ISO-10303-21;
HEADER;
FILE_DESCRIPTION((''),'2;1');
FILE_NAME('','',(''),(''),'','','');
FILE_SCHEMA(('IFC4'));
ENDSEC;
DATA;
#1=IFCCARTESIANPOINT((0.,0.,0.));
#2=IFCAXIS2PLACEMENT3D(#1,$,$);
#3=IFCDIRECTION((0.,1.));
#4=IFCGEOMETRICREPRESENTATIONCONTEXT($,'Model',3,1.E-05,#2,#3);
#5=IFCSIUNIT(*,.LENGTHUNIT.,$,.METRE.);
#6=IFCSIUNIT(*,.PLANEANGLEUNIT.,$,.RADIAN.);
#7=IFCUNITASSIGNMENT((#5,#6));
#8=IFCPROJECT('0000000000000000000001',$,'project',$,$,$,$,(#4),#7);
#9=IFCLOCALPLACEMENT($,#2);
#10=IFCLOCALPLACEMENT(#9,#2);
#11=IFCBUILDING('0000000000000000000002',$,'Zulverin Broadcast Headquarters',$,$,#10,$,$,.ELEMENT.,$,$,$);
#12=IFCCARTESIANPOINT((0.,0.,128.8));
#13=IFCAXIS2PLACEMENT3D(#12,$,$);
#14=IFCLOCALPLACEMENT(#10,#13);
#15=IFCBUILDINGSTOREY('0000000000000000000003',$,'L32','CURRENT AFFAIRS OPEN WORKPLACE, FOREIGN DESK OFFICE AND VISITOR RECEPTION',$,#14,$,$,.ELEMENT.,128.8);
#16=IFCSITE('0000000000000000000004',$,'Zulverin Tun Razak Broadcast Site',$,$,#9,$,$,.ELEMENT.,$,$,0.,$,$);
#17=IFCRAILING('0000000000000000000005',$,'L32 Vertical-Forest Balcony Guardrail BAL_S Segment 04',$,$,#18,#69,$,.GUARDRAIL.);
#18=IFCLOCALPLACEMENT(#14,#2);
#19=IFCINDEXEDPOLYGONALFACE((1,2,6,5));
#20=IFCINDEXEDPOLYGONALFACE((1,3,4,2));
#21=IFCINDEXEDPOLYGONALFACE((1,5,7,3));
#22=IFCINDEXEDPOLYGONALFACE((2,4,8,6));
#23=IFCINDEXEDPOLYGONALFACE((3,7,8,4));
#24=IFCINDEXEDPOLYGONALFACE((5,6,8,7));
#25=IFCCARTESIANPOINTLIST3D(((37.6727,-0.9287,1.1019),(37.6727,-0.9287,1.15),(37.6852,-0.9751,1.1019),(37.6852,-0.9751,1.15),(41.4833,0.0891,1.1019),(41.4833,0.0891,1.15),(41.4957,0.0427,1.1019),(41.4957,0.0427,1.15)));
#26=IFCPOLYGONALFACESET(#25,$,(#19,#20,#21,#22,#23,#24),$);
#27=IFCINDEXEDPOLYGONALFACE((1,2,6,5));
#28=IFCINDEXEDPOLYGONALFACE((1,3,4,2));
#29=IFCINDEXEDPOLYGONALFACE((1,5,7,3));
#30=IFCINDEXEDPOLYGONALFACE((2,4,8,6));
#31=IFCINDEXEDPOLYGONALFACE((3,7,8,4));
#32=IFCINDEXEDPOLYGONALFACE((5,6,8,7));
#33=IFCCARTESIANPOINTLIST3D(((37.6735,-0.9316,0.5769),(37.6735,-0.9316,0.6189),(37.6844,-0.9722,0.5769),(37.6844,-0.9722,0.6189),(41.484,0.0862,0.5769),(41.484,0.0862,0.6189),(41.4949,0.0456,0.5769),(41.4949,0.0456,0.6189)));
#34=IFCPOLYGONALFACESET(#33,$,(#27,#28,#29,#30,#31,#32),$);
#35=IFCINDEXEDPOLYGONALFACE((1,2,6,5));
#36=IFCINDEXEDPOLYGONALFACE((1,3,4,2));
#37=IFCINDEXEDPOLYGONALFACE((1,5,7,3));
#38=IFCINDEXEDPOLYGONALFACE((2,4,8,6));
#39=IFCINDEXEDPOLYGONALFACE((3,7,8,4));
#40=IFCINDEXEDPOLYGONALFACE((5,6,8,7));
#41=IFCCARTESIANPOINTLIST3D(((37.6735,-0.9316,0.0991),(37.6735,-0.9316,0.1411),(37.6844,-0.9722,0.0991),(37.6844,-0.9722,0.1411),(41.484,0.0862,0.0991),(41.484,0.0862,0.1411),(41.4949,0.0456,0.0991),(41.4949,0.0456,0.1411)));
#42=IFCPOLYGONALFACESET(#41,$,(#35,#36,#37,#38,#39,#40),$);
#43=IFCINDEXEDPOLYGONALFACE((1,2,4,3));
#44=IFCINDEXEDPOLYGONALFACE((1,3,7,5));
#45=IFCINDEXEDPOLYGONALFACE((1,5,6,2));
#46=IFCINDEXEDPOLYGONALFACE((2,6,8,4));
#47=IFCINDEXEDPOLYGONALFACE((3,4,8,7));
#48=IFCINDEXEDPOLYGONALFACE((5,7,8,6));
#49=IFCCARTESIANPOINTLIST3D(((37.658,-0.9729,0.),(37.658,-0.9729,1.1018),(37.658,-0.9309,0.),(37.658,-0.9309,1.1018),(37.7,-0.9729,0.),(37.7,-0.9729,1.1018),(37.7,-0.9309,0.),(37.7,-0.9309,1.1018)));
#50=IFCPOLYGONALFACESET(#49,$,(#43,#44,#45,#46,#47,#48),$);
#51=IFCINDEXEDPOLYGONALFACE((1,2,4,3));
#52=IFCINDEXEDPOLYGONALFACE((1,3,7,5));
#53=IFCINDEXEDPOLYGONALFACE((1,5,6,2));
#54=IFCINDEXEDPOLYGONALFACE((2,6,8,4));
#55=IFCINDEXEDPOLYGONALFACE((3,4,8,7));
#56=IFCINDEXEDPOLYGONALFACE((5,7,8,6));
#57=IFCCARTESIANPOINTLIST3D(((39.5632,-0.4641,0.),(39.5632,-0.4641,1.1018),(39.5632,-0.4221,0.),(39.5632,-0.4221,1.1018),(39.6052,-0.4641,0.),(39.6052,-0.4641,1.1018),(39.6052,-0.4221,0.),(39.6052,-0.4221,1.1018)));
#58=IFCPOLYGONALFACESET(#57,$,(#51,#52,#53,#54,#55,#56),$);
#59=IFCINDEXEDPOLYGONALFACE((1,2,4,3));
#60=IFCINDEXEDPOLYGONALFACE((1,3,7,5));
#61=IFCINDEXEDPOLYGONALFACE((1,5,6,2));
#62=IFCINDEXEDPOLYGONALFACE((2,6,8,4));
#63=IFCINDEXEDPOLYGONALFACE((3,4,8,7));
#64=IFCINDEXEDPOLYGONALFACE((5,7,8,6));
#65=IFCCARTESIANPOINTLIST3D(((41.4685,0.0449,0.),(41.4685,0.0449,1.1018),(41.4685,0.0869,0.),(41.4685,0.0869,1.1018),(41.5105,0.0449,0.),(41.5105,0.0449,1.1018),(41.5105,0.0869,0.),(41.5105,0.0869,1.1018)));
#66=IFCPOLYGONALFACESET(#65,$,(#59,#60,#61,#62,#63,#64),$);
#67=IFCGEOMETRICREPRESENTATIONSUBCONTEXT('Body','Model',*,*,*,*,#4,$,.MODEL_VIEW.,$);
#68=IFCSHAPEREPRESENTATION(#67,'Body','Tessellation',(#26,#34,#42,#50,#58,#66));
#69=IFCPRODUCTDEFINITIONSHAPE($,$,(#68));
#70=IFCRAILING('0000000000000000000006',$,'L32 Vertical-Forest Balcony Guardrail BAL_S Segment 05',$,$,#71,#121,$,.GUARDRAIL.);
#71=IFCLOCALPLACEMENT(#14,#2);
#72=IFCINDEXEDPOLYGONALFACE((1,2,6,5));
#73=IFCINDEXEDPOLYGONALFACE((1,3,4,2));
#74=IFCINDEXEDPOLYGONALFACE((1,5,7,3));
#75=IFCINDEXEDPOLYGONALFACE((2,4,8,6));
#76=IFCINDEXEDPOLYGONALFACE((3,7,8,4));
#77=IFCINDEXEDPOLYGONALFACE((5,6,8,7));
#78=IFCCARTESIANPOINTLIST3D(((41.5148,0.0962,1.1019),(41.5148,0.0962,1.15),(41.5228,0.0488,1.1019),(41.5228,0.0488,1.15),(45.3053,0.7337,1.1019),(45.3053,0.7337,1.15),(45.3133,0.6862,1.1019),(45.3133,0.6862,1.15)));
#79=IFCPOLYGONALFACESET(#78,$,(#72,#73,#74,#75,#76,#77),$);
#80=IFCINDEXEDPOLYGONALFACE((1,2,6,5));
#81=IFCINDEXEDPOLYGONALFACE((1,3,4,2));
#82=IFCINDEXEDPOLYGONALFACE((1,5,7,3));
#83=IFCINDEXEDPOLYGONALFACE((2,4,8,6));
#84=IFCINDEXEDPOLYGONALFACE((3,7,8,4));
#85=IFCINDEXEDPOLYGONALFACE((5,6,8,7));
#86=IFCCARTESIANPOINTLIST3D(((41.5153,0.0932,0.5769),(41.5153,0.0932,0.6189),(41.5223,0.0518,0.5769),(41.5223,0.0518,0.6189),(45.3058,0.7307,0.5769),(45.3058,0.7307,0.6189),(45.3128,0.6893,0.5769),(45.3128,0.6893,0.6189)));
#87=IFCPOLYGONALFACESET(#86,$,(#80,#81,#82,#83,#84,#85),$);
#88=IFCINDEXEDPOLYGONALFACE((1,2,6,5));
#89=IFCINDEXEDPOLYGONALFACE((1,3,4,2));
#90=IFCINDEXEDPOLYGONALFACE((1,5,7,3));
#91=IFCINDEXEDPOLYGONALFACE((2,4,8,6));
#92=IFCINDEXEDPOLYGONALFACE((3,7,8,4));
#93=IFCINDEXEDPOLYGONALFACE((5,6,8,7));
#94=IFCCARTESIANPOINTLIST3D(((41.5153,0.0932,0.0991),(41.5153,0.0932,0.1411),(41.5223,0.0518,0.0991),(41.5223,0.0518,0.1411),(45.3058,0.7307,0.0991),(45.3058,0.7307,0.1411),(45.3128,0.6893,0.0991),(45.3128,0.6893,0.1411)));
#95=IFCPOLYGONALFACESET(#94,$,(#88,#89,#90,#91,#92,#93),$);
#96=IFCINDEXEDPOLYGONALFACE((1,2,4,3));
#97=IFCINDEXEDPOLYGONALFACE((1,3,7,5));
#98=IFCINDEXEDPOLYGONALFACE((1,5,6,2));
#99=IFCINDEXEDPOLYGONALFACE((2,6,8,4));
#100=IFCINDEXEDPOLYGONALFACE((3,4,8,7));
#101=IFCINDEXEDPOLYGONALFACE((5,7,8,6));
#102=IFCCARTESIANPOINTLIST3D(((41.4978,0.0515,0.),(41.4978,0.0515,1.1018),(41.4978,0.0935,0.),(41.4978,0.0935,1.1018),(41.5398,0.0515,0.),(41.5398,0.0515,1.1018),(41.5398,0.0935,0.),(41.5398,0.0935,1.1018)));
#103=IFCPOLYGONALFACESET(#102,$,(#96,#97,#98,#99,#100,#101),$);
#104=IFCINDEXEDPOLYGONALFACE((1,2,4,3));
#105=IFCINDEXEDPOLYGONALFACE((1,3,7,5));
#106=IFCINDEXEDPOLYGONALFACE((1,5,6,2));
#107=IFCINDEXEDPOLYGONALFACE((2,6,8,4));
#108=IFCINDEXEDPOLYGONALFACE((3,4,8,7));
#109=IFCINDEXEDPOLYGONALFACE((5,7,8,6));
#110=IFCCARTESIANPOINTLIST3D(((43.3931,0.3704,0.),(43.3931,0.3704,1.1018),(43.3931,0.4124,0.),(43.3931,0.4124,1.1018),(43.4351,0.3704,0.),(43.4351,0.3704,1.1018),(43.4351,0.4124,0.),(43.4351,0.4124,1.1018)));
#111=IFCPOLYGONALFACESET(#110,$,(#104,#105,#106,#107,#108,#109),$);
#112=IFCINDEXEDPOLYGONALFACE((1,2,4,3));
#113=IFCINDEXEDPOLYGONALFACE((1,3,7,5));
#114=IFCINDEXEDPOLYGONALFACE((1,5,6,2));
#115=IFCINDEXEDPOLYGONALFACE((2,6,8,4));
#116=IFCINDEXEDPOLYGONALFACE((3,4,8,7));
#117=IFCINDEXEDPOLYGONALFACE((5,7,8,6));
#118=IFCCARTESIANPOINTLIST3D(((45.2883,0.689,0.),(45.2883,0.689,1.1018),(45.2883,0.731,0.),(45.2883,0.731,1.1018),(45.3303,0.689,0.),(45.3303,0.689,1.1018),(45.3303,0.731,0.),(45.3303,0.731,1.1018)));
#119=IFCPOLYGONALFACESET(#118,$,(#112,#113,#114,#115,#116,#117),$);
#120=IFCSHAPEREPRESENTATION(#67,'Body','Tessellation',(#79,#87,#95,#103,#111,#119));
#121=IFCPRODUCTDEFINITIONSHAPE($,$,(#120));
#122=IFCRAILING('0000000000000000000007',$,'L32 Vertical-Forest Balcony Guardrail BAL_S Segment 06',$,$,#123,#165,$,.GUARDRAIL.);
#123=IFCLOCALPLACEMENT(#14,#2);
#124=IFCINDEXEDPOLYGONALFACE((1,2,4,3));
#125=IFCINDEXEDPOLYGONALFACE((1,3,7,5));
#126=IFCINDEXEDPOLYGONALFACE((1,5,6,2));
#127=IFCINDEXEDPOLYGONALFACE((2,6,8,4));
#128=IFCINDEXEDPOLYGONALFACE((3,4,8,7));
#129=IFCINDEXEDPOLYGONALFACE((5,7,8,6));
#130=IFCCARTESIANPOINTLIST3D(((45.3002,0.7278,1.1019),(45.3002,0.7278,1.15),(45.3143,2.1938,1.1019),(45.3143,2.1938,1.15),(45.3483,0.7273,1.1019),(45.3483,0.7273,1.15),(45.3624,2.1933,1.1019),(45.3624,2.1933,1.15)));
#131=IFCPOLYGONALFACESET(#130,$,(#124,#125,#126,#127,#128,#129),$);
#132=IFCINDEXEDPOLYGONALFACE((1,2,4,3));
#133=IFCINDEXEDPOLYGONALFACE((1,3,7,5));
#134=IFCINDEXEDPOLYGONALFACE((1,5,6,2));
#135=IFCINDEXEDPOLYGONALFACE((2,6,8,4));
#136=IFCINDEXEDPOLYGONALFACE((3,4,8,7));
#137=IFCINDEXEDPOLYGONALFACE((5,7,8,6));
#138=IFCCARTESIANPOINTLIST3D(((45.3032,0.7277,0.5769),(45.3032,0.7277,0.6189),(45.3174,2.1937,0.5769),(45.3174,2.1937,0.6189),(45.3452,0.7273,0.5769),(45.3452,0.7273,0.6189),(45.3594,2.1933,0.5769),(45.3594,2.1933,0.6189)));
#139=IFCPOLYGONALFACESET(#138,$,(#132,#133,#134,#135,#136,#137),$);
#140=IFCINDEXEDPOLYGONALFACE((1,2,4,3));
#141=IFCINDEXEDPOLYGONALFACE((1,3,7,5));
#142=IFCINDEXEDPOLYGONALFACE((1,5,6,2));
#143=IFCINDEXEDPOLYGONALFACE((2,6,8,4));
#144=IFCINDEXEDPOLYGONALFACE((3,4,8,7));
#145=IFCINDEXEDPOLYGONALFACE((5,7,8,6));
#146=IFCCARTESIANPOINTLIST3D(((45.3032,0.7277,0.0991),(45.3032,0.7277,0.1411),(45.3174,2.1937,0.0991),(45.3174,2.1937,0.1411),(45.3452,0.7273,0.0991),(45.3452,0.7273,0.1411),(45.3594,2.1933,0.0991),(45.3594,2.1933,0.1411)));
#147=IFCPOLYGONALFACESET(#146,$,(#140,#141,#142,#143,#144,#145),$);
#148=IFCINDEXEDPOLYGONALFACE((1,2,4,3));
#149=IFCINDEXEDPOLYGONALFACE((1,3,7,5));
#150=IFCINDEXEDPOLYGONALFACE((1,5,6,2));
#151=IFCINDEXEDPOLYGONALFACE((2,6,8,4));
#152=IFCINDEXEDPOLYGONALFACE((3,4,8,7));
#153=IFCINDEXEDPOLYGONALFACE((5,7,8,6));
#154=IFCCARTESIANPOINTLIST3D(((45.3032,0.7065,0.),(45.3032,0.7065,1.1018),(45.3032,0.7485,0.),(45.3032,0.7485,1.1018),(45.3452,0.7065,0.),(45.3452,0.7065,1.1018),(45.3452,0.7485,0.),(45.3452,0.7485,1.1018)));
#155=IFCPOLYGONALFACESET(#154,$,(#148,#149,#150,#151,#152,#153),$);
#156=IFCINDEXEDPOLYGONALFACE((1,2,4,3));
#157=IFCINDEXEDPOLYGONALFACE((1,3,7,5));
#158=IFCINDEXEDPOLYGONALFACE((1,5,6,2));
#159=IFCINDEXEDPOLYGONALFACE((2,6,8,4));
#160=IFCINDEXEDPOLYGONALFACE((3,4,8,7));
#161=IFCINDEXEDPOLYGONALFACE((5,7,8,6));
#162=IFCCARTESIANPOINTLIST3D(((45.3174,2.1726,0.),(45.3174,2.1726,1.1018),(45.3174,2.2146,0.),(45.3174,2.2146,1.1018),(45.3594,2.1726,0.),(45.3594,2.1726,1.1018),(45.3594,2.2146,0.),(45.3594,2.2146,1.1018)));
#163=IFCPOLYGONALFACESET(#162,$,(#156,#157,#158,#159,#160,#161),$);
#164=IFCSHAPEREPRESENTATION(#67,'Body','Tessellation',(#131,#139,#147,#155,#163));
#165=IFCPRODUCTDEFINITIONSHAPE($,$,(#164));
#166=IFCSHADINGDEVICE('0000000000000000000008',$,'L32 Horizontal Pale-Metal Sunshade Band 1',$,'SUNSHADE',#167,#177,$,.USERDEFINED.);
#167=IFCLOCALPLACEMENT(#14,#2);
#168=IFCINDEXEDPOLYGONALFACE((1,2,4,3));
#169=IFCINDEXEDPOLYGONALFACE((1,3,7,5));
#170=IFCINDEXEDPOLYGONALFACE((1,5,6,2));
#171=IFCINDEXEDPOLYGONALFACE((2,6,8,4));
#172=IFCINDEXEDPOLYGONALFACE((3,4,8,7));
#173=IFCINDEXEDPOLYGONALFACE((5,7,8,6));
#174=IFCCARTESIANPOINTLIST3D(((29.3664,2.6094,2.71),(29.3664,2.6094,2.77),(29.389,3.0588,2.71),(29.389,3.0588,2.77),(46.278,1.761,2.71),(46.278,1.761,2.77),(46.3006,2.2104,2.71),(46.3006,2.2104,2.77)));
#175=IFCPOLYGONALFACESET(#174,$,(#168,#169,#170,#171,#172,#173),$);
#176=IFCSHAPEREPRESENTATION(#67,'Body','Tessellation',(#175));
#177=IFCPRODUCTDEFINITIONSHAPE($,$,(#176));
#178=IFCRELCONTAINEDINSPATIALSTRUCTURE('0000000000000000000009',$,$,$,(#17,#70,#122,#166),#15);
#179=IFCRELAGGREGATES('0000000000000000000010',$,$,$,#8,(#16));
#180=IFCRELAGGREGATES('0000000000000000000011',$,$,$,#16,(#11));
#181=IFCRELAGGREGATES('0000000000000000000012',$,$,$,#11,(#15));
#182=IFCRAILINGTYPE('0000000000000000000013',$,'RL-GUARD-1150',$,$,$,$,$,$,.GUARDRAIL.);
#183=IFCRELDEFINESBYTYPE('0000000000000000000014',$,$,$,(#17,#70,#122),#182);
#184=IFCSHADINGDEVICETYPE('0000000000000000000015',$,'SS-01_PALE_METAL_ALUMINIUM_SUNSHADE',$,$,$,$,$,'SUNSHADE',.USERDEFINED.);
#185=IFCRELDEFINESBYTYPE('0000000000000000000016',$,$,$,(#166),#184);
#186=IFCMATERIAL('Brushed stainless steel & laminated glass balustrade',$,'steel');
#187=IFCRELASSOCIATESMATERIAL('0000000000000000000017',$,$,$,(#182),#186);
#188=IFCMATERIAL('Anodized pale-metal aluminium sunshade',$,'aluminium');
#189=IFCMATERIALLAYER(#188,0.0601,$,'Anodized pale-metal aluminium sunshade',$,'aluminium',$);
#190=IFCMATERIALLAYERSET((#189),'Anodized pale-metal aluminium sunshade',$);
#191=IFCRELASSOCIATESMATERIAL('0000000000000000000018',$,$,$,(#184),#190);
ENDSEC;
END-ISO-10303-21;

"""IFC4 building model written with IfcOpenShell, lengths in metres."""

from ifc_helpers import new_model, si_unit, direction, frame, origin, origin_2d, place, context, subcontext, project, spatial, rectangle, extrude, material, layer, layer_set, type_object, element, save


model = new_model("IFC4")

# Units and contexts
model_context = context("Model", 3, precision=1e-05, world=origin(), true_north=direction((0.0, 1.0)))
body_context = subcontext(model_context, "Body", "Model", "MODEL_VIEW")
ifc_project = project(units=[si_unit("LENGTHUNIT", "METRE"), si_unit("PLANEANGLEUNIT", "RADIAN")], contexts=[model_context])

# Site, building, storey
site_placement = place(None, origin())
site = spatial("IfcSite", under=ifc_project, at=site_placement, Name="Zulverin Tun Razak Broadcast Site", CompositionType="ELEMENT", RefElevation=0.0)
building_placement = place(site_placement, origin())
building = spatial("IfcBuilding", under=site, at=building_placement, Name="Zulverin Broadcast Headquarters", CompositionType="ELEMENT")
storey_placement = place(building_placement, frame((0.0, 0.0, 128.8)))
storey = spatial("IfcBuildingStorey", under=building, at=storey_placement, Name="L32", Description="CURRENT AFFAIRS OPEN WORKPLACE, FOREIGN DESK OFFICE AND VISITOR RECEPTION", CompositionType="ELEMENT", Elevation=128.8)

# Railings
ifc_material_1 = material(Name="Brushed stainless steel & laminated glass balustrade", Category="steel")
railing_type = type_object("IfcRailingType", Name="RL-GUARD-1150", PredefinedType="GUARDRAIL", material=ifc_material_1)
railing_1_placement = place(storey_placement, frame((37.679, -0.9519, 0.0)))
element("IfcRailing", 1, at=railing_1_placement, inside=storey, type_object=railing_type, Name="L32 Vertical-Forest Balcony Guardrail BAL_S Segment 04", PredefinedType="GUARDRAIL", context=body_context, shape_type="SweptSolid", body=[
    extrude(rectangle(XDim=0.0481, YDim=0.0481, at=origin_2d()), frame((0.0, 0.0, 1.126), z_axis=(0.966129, 0.258059, 0.0), x_axis=(-0.258059, 0.966129, 0.0)), (0.0, 0.0, 1.0), 3.9441),
    extrude(rectangle(XDim=0.042, YDim=0.042, at=origin_2d()), frame((0.0, 0.0, 0.5979), z_axis=(0.966129, 0.258059, 0.0), x_axis=(-0.258059, 0.966129, 0.0)), (0.0, 0.0, 1.0), 3.9441),
    extrude(rectangle(XDim=0.042, YDim=0.042, at=origin_2d()), frame((0.0, 0.0, 0.1201), z_axis=(0.966129, 0.258059, 0.0), x_axis=(-0.258059, 0.966129, 0.0)), (0.0, 0.0, 1.0), 3.9441),
    extrude(rectangle(XDim=0.042, YDim=0.042, at=origin_2d()), origin(), (0.0, 0.0, 1.0), 1.1018),
    extrude(rectangle(XDim=0.042, YDim=0.042, at=origin_2d()), frame((1.9053, 0.5088, 0.0)), (0.0, 0.0, 1.0), 1.1018),
    extrude(rectangle(XDim=0.042, YDim=0.042, at=origin_2d()), frame((3.8105, 1.0178, 0.0)), (0.0, 0.0, 1.0), 1.1018),
])
railing_2_placement = place(storey_placement, frame((41.5188, 0.0725, 0.0)))
element("IfcRailing", 2, at=railing_2_placement, inside=storey, type_object=railing_type, Name="L32 Vertical-Forest Balcony Guardrail BAL_S Segment 05", PredefinedType="GUARDRAIL", context=body_context, shape_type="SweptSolid", body=[
    extrude(rectangle(XDim=0.0481, YDim=0.0481, at=origin_2d()), frame((0.0, 0.0, 1.126), z_axis=(0.986153, 0.165841, 0.0), x_axis=(-0.165841, 0.986153, 0.0)), (0.0, 0.0, 1.0), 3.8438),
    extrude(rectangle(XDim=0.042, YDim=0.042, at=origin_2d()), frame((0.0, 0.0, 0.5979), z_axis=(0.986153, 0.165841, 0.0), x_axis=(-0.165841, 0.986153, 0.0)), (0.0, 0.0, 1.0), 3.8438),
    extrude(rectangle(XDim=0.042, YDim=0.042, at=origin_2d()), frame((0.0, 0.0, 0.1201), z_axis=(0.986153, 0.165841, 0.0), x_axis=(-0.165841, 0.986153, 0.0)), (0.0, 0.0, 1.0), 3.8438),
    extrude(rectangle(XDim=0.042, YDim=0.042, at=origin_2d()), origin(), (0.0, 0.0, 1.0), 1.1018),
    extrude(rectangle(XDim=0.042, YDim=0.042, at=origin_2d()), frame((1.8953, 0.3188, 0.0)), (0.0, 0.0, 1.0), 1.1018),
    extrude(rectangle(XDim=0.042, YDim=0.042, at=origin_2d()), frame((3.7905, 0.6375, 0.0)), (0.0, 0.0, 1.0), 1.1018),
])
railing_3_placement = place(storey_placement, frame((45.3242, 0.7275, 0.0)))
element("IfcRailing", 3, at=railing_3_placement, inside=storey, type_object=railing_type, Name="L32 Vertical-Forest Balcony Guardrail BAL_S Segment 06", PredefinedType="GUARDRAIL", context=body_context, shape_type="SweptSolid", body=[
    extrude(rectangle(XDim=0.0481, YDim=0.0481, at=origin_2d()), frame((0.0, 0.0, 1.126), z_axis=(0.009658, 0.999953, 0.0), x_axis=(-0.999953, 0.009658, 0.0)), (0.0, 0.0, 1.0), 1.4661),
    extrude(rectangle(XDim=0.042, YDim=0.042, at=origin_2d()), frame((0.0, 0.0, 0.5979), z_axis=(0.009658, 0.999953, 0.0), x_axis=(-0.999953, 0.009658, 0.0)), (0.0, 0.0, 1.0), 1.4661),
    extrude(rectangle(XDim=0.042, YDim=0.042, at=origin_2d()), frame((0.0, 0.0, 0.1201), z_axis=(0.009658, 0.999953, 0.0), x_axis=(-0.999953, 0.009658, 0.0)), (0.0, 0.0, 1.0), 1.4661),
    extrude(rectangle(XDim=0.042, YDim=0.042, at=origin_2d()), origin(), (0.0, 0.0, 1.0), 1.1018),
    extrude(rectangle(XDim=0.042, YDim=0.042, at=origin_2d()), frame((0.0142, 1.4661, 0.0)), (0.0, 0.0, 1.0), 1.1018),
])

# Shading device
ifc_material_2 = material(Name="Anodized pale-metal aluminium sunshade", Category="aluminium")
ifc_layer_1 = layer(ifc_material_2, 0.0601, Name="Anodized pale-metal aluminium sunshade", Category="aluminium")
ifc_layer_set_1 = layer_set([ifc_layer_1], Name="Anodized pale-metal aluminium sunshade")
shading_device_type = type_object("IfcShadingDeviceType", Name="SS-01_PALE_METAL_ALUMINIUM_SUNSHADE", ElementType="SUNSHADE", PredefinedType="USERDEFINED", material=ifc_layer_set_1)
shading_device_placement = place(storey_placement, frame((37.8335, 2.4099, 2.71), z_axis=(0.0, 0.0, 1.0), x_axis=(0.998744, -0.050107, 0.0)))
element("IfcShadingDevice", 4, at=shading_device_placement, inside=storey, type_object=shading_device_type, Name="L32 Horizontal Pale-Metal Sunshade Band 1", ObjectType="SUNSHADE", PredefinedType="USERDEFINED", context=body_context, shape_type="SweptSolid", body=[
    extrude(rectangle(XDim=16.9329, YDim=0.45, at=origin_2d()), origin(), (0.0, 0.0, 1.0), 0.0601),
])

save(model, "model.ifc")
